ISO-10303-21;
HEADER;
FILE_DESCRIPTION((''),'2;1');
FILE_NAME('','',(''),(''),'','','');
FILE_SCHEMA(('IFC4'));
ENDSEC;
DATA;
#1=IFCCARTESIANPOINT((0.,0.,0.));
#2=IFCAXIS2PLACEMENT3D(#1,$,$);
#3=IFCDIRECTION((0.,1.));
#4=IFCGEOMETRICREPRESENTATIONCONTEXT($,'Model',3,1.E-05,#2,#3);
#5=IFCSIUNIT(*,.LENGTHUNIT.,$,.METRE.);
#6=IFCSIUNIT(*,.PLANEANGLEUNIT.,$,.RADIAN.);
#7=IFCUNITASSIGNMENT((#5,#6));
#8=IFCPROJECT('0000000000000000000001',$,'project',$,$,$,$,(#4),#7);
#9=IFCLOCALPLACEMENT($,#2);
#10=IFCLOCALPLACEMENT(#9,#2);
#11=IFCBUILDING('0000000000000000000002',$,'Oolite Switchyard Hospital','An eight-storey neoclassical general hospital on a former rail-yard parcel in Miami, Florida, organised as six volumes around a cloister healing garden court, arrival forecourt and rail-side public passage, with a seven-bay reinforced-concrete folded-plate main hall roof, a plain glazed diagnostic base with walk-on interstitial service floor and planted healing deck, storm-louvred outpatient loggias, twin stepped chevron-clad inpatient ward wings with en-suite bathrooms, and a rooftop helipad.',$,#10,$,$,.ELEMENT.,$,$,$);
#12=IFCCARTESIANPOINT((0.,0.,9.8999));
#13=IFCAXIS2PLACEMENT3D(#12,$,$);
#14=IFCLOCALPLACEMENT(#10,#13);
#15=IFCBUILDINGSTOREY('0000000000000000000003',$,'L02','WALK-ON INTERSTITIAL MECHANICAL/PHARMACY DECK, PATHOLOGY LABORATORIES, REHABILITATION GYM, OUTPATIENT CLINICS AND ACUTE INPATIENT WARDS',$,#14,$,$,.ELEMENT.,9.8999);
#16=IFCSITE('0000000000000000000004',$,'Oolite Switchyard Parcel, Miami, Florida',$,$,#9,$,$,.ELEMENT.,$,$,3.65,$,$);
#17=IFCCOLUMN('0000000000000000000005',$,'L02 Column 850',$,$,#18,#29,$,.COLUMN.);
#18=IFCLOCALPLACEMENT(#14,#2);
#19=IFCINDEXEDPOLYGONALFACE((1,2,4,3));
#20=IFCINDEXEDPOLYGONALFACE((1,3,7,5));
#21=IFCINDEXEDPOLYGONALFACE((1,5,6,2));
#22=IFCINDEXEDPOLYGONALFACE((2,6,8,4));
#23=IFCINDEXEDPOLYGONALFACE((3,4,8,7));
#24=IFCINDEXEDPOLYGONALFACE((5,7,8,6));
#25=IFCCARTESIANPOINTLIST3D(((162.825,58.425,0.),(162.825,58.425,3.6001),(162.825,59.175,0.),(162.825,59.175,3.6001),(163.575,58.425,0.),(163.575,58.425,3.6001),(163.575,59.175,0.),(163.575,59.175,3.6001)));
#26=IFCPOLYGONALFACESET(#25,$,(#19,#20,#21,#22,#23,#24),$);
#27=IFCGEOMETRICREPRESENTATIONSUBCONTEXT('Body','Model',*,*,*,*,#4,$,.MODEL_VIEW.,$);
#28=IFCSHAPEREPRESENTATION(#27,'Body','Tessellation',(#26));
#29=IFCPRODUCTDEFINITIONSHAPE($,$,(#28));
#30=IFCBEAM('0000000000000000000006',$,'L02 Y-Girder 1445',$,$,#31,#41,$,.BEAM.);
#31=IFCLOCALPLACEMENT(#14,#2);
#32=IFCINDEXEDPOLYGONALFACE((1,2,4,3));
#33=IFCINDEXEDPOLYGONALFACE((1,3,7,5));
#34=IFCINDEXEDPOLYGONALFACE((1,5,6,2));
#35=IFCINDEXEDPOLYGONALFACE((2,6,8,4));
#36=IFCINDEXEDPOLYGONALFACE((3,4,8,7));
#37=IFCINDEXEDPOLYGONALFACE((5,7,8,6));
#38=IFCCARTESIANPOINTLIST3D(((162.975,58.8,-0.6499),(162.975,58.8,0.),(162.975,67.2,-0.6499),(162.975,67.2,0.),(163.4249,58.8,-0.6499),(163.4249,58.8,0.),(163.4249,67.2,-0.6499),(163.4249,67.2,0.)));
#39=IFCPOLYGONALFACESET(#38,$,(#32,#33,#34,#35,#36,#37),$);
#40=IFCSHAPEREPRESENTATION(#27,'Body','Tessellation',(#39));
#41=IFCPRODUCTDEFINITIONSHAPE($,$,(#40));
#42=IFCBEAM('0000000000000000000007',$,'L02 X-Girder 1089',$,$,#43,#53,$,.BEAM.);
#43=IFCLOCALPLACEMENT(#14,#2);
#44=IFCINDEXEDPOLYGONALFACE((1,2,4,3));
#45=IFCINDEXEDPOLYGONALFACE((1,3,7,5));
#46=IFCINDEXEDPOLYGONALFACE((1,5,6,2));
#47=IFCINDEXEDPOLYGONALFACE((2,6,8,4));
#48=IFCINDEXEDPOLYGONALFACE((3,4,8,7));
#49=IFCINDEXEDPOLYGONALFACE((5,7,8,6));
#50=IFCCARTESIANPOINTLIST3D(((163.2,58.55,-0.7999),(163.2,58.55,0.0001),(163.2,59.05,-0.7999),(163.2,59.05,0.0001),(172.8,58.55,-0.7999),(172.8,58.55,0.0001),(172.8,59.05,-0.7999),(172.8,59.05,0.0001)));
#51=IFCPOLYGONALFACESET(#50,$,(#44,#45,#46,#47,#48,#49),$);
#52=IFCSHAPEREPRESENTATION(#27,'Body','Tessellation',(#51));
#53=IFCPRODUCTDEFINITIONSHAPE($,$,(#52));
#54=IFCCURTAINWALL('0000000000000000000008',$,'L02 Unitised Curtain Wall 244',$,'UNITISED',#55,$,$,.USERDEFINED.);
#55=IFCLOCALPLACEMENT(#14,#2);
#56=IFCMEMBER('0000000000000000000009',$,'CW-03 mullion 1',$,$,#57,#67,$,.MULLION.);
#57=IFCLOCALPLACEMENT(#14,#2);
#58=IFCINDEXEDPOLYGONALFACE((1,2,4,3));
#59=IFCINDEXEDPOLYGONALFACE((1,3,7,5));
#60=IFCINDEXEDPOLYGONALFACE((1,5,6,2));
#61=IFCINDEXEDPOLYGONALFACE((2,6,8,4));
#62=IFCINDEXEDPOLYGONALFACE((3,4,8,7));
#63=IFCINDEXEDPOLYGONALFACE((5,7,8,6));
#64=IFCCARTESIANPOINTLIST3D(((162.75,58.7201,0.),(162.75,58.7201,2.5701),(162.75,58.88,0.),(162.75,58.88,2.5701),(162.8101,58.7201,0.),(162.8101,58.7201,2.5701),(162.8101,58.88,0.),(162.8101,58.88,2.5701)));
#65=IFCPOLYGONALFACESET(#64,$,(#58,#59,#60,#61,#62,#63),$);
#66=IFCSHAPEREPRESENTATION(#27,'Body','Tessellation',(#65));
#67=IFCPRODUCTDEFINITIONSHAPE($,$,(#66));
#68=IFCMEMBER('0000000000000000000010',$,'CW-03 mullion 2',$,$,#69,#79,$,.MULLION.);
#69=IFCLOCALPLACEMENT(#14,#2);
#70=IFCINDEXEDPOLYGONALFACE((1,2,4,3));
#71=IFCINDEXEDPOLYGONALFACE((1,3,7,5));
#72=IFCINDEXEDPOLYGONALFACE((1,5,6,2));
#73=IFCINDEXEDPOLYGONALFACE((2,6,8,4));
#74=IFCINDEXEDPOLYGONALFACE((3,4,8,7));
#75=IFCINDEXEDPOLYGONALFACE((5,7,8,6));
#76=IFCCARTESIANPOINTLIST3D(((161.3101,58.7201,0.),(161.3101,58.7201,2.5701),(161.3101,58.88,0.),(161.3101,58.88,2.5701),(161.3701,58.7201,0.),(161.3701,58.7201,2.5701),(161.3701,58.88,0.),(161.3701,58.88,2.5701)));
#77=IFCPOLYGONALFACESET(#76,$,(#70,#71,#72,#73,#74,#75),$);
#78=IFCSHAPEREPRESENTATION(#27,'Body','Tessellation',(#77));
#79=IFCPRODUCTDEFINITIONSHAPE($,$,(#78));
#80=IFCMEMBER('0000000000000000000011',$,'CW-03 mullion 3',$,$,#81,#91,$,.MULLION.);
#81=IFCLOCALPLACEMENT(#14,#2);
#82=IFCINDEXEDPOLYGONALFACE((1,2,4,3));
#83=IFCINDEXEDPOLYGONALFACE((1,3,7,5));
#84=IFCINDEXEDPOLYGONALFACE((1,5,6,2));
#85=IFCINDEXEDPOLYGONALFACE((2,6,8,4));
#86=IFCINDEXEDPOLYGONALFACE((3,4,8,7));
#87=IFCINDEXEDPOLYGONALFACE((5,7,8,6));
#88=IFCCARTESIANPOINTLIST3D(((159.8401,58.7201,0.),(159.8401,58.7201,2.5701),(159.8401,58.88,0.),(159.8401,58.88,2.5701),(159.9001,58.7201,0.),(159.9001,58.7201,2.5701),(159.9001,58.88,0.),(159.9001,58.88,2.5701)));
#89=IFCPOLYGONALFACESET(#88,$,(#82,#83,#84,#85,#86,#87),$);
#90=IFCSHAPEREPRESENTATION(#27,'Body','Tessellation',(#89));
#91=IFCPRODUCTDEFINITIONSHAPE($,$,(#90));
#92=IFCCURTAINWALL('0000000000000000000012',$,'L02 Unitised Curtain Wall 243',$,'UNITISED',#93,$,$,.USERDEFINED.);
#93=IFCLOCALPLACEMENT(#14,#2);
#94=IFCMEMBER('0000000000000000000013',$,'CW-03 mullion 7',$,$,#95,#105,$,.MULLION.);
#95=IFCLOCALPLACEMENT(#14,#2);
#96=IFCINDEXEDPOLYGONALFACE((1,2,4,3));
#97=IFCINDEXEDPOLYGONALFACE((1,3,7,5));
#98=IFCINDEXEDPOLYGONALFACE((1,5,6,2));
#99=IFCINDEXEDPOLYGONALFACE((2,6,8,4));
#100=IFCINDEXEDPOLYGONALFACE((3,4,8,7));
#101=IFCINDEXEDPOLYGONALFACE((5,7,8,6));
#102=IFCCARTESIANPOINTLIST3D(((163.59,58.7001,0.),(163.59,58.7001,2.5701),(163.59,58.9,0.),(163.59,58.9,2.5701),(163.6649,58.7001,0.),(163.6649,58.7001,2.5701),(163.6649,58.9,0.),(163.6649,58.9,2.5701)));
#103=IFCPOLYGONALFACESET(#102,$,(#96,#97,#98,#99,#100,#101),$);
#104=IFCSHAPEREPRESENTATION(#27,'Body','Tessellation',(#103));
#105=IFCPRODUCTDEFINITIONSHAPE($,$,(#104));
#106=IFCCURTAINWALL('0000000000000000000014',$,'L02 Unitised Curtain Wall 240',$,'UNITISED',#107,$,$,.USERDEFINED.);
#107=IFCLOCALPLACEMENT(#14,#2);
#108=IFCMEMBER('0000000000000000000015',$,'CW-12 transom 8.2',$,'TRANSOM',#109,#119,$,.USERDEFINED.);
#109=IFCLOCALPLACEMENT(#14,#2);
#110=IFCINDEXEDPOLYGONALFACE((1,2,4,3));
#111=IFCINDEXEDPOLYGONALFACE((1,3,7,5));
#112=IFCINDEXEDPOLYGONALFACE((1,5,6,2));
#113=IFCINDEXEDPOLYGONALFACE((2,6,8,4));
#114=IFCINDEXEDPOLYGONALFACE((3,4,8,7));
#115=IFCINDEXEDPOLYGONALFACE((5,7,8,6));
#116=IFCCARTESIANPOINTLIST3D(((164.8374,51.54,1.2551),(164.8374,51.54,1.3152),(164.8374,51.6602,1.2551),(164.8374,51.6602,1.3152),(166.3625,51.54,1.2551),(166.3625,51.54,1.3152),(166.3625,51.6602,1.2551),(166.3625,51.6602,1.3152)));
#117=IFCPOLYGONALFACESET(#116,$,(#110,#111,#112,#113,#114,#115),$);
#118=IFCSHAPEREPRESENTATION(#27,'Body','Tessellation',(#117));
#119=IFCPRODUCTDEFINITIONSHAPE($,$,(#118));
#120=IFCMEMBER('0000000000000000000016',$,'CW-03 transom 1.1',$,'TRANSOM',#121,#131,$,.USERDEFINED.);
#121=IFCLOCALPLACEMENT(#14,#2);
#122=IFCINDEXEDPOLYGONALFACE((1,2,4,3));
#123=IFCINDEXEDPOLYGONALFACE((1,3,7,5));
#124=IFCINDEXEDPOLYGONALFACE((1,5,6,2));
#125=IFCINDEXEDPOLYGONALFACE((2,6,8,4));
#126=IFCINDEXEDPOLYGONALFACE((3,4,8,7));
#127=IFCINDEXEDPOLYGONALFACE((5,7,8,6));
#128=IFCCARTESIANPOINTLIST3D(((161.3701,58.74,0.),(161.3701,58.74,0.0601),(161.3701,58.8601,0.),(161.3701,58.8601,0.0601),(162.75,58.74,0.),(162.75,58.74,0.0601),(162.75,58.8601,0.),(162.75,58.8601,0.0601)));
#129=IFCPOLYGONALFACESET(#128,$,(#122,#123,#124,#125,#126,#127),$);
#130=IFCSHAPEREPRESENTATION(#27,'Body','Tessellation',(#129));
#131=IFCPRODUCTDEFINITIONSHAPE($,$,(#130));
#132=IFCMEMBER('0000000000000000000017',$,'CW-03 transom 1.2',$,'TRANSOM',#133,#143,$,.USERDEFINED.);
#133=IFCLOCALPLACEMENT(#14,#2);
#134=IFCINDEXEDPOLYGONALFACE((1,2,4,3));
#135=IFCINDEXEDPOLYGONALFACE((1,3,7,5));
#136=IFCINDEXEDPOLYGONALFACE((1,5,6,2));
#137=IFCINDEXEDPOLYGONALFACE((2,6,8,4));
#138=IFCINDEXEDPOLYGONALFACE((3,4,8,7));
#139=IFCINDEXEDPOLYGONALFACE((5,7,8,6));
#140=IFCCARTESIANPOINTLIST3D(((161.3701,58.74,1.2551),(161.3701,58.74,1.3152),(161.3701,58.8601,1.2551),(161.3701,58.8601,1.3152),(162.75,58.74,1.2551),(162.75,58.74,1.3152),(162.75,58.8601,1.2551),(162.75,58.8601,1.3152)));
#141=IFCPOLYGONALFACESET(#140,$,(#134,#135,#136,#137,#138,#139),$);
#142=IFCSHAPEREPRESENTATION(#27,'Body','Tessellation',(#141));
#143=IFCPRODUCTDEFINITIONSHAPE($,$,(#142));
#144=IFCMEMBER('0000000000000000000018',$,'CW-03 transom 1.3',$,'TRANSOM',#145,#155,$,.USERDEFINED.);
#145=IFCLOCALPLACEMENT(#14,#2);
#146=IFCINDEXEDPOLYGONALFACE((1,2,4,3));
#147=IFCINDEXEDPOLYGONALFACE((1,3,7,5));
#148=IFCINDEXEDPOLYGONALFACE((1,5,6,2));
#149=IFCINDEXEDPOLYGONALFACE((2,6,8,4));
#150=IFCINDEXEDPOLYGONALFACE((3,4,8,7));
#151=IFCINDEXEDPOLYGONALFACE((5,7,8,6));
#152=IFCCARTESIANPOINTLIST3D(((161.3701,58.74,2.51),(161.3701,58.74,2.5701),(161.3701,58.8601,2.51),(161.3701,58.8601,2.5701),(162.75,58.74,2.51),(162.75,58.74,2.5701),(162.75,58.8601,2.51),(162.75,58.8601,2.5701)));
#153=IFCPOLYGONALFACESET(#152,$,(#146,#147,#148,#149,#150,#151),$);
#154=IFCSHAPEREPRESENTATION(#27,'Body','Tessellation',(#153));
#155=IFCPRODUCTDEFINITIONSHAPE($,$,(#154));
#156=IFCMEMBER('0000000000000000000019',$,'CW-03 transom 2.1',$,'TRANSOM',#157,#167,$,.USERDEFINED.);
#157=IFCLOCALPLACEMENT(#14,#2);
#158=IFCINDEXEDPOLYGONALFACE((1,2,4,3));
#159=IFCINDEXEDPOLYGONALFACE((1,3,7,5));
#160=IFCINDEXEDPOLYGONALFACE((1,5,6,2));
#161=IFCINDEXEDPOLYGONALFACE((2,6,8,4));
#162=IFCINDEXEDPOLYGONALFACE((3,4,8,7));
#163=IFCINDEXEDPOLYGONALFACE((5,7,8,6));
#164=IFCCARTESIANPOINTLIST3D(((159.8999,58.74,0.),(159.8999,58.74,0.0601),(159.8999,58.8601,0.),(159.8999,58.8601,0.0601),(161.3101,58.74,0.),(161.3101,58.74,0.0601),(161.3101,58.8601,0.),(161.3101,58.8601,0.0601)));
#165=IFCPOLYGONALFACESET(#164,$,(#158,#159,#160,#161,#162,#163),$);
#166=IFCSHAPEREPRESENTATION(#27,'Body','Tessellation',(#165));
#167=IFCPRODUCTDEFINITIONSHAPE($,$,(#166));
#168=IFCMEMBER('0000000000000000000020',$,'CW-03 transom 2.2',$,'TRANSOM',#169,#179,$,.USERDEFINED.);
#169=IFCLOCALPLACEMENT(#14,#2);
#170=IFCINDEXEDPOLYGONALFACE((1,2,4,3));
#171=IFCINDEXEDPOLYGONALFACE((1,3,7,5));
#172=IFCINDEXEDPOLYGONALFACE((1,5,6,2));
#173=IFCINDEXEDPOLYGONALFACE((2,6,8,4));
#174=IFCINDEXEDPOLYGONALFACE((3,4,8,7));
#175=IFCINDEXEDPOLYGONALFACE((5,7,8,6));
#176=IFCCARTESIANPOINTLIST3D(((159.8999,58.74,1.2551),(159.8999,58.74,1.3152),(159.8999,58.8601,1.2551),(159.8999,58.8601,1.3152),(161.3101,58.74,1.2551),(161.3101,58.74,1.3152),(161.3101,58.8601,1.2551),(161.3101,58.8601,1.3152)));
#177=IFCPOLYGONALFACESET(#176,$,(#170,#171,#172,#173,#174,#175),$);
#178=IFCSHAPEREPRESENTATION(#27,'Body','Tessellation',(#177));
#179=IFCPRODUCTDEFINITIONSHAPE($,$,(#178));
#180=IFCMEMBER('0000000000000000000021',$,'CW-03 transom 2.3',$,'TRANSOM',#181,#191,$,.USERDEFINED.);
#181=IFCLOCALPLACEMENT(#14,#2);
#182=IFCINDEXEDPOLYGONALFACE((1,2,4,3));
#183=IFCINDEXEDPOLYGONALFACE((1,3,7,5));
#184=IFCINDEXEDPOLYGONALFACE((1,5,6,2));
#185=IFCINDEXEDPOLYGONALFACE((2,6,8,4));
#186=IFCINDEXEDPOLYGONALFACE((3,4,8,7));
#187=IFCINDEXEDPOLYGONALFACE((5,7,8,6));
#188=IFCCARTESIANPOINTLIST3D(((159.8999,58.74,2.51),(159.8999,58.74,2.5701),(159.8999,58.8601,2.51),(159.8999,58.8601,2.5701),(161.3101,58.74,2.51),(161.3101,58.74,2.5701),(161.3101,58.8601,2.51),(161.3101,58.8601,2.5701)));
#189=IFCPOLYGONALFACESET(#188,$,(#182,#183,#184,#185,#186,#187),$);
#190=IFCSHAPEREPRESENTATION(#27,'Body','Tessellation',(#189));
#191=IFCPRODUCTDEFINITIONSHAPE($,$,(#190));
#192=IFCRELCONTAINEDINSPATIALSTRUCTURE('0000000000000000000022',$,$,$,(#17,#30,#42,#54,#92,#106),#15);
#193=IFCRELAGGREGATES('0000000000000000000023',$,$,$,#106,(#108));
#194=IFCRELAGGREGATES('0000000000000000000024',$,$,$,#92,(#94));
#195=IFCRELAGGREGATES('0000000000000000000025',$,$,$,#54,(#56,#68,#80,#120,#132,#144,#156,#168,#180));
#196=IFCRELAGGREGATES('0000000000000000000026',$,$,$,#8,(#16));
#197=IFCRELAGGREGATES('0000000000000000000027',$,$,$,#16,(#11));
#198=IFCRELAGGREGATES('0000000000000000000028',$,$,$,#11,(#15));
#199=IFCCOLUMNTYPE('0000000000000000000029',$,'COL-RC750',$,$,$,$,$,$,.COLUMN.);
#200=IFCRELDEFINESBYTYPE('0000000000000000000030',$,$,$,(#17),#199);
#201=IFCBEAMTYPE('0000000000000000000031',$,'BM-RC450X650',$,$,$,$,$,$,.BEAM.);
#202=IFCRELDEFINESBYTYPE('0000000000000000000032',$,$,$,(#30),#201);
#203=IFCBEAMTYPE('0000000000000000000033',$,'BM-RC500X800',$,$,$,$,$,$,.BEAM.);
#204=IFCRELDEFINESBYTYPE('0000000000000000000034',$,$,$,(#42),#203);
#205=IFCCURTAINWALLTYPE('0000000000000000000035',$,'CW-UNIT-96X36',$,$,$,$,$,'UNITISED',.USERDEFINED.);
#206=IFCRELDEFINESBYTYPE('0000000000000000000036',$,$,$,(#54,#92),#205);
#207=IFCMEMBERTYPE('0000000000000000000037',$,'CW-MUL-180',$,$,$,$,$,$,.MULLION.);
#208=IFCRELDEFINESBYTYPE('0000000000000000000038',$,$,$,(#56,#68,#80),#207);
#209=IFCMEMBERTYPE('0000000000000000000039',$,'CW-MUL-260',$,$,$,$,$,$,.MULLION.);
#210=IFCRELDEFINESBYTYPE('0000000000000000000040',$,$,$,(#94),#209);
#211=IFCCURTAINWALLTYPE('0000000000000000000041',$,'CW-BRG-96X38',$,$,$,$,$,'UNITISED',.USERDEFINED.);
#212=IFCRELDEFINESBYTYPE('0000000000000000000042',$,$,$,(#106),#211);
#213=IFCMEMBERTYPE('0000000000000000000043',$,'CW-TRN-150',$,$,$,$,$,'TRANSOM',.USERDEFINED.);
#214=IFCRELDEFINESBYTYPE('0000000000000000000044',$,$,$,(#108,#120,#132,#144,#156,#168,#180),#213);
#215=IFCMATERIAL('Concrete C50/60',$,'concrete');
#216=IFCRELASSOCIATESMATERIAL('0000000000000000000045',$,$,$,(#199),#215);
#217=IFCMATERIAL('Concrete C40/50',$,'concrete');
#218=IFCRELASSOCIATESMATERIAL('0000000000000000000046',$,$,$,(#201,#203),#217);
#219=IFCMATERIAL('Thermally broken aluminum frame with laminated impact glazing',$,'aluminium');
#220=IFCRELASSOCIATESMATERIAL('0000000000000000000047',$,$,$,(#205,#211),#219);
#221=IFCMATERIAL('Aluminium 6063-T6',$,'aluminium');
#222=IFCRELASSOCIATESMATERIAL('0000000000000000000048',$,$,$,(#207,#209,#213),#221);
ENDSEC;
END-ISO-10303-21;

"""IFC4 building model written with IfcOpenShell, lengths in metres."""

from ifc_helpers import new_model, si_unit, direction, frame, origin, origin_2d, place, context, subcontext, project, spatial, rectangle, extrude, material, material_profile, profile_set, type_object, element, aggregate, save


model = new_model("IFC4")

# Units and contexts
model_context = context("Model", 3, precision=1e-05, world=origin(), true_north=direction((0.0, 1.0)))
body_context = subcontext(model_context, "Body", "Model", "MODEL_VIEW")
ifc_project = project(units=[si_unit("LENGTHUNIT", "METRE"), si_unit("PLANEANGLEUNIT", "RADIAN")], contexts=[model_context])

# Site, building, storey
site_placement = place(None, origin())
site = spatial("IfcSite", under=ifc_project, at=site_placement, Name="Oolite Switchyard Parcel, Miami, Florida", CompositionType="ELEMENT", RefElevation=3.65)
building_placement = place(site_placement, origin())
building = spatial("IfcBuilding", under=site, at=building_placement, Name="Oolite Switchyard Hospital", Description="An eight-storey neoclassical general hospital on a former rail-yard parcel in Miami, Florida, organised as six volumes around a cloister healing garden court, arrival forecourt and rail-side public passage, with a seven-bay reinforced-concrete folded-plate main hall roof, a plain glazed diagnostic base with walk-on interstitial service floor and planted healing deck, storm-louvred outpatient loggias, twin stepped chevron-clad inpatient ward wings with en-suite bathrooms, and a rooftop helipad.", CompositionType="ELEMENT")
storey_placement = place(building_placement, frame((0.0, 0.0, 9.8999)))
storey = spatial("IfcBuildingStorey", under=building, at=storey_placement, Name="L02", Description="WALK-ON INTERSTITIAL MECHANICAL/PHARMACY DECK, PATHOLOGY LABORATORIES, REHABILITATION GYM, OUTPATIENT CLINICS AND ACUTE INPATIENT WARDS", CompositionType="ELEMENT", Elevation=9.8999)

# Column
ifc_material_1 = material(Name="Concrete C50/60", Category="concrete")
ifc_material_profile_1 = material_profile(ifc_material_1, rectangle(XDim=0.75, YDim=0.75, at=origin_2d()), Name="RC750X750")
ifc_profile_set_1 = profile_set([ifc_material_profile_1], Name="Concrete C50/60")
column_type = type_object("IfcColumnType", Name="COL-RC750", PredefinedType="COLUMN", material=ifc_profile_set_1)
column_placement = place(storey_placement, frame((163.2, 58.8, 0.0), z_axis=(0.0, 0.0, 1.0), x_axis=(1.0, 0.0, 0.0)))
element("IfcColumn", 1, at=column_placement, inside=storey, type_object=column_type, Name="L02 Column 850", PredefinedType="COLUMN", context=body_context, shape_type="SweptSolid", body=[
    extrude(rectangle(XDim=0.75, YDim=0.75, at=origin_2d()), origin(), (0.0, 0.0, 1.0), 3.6001),
])

# Beams
ifc_material_2 = material(Name="Concrete C40/50", Category="concrete")
ifc_material_profile_2 = material_profile(ifc_material_2, rectangle(XDim=0.45, YDim=0.6499, at=origin_2d()), Name="RCB450X650")
ifc_profile_set_2 = profile_set([ifc_material_profile_2], Name="Concrete C40/50")
beam_type_1 = type_object("IfcBeamType", Name="BM-RC450X650", PredefinedType="BEAM", material=ifc_profile_set_2)
beam_1_placement = place(storey_placement, frame((163.2, 58.8, -0.325), z_axis=(0.0, 1.0, 0.0), x_axis=(-1.0, 0.0, 0.0)))
element("IfcBeam", 2, at=beam_1_placement, inside=storey, type_object=beam_type_1, Name="L02 Y-Girder 1445", PredefinedType="BEAM", context=body_context, shape_type="SweptSolid", body=[
    extrude(rectangle(XDim=0.45, YDim=0.6499, at=origin_2d()), origin(), (0.0, 0.0, 1.0), 8.3999),
])
ifc_material_profile_3 = material_profile(ifc_material_2, rectangle(XDim=0.5, YDim=0.8, at=origin_2d()), Name="RCB500X800")
ifc_profile_set_3 = profile_set([ifc_material_profile_3], Name="Concrete C40/50")
beam_type_2 = type_object("IfcBeamType", Name="BM-RC500X800", PredefinedType="BEAM", material=ifc_profile_set_3)
beam_2_placement = place(storey_placement, frame((163.2, 58.8, -0.3999), z_axis=(1.0, 0.0, 0.0), x_axis=(0.0, 1.0, 0.0)))
element("IfcBeam", 3, at=beam_2_placement, inside=storey, type_object=beam_type_2, Name="L02 X-Girder 1089", PredefinedType="BEAM", context=body_context, shape_type="SweptSolid", body=[
    extrude(rectangle(XDim=0.5, YDim=0.8, at=origin_2d()), origin(), (0.0, 0.0, 1.0), 9.6001),
])

# Curtain wall, members
ifc_material_3 = material(Name="Thermally broken aluminum frame with laminated impact glazing", Category="aluminium")
curtain_wall_type_1 = type_object("IfcCurtainWallType", Name="CW-UNIT-96X36", ElementType="UNITISED", PredefinedType="USERDEFINED", material=ifc_material_3)
curtain_wall_1_placement = place(storey_placement, origin())
curtain_wall_1 = element("IfcCurtainWall", 4, at=curtain_wall_1_placement, inside=storey, type_object=curtain_wall_type_1, Name="L02 Unitised Curtain Wall 244", ObjectType="UNITISED", PredefinedType="USERDEFINED")
ifc_material_4 = material(Name="Aluminium 6063-T6", Category="aluminium")
ifc_material_profile_4 = material_profile(ifc_material_4, rectangle(XDim=0.1599, YDim=0.0601, at=origin_2d()), Name="CWM60X160")
ifc_profile_set_4 = profile_set([ifc_material_profile_4], Name="Aluminium 6063-T6")
member_type_1 = type_object("IfcMemberType", Name="CW-MUL-180", PredefinedType="MULLION", material=ifc_profile_set_4)
member_1_placement = place(storey_placement, frame((162.78, 58.8, 0.0), z_axis=(0.0, 0.0, 1.0), x_axis=(0.0, -1.0, 0.0)))
member_1 = element("IfcMember", 5, at=member_1_placement, type_object=member_type_1, Name="CW-03 mullion 1", PredefinedType="MULLION", context=body_context, shape_type="SweptSolid", body=[
    extrude(rectangle(XDim=0.1599, YDim=0.0601, at=origin_2d()), origin(), (0.0, 0.0, 1.0), 2.5701),
])
member_2_placement = place(storey_placement, frame((161.3401, 58.8, 0.0), z_axis=(0.0, 0.0, 1.0), x_axis=(0.0, -1.0, 0.0)))
member_2 = element("IfcMember", 6, at=member_2_placement, type_object=member_type_1, Name="CW-03 mullion 2", PredefinedType="MULLION", context=body_context, shape_type="SweptSolid", body=[
    extrude(rectangle(XDim=0.1599, YDim=0.0601, at=origin_2d()), origin(), (0.0, 0.0, 1.0), 2.5701),
])
member_3_placement = place(storey_placement, frame((159.8701, 58.8, 0.0), z_axis=(0.0, 0.0, 1.0), x_axis=(0.0, -1.0, 0.0)))
member_3 = element("IfcMember", 7, at=member_3_placement, type_object=member_type_1, Name="CW-03 mullion 3", PredefinedType="MULLION", context=body_context, shape_type="SweptSolid", body=[
    extrude(rectangle(XDim=0.1599, YDim=0.0601, at=origin_2d()), origin(), (0.0, 0.0, 1.0), 2.5701),
])

# Curtain walls, members
curtain_wall_2_placement = place(storey_placement, origin())
curtain_wall_2 = element("IfcCurtainWall", 8, at=curtain_wall_2_placement, inside=storey, type_object=curtain_wall_type_1, Name="L02 Unitised Curtain Wall 243", ObjectType="UNITISED", PredefinedType="USERDEFINED")
ifc_material_profile_5 = material_profile(ifc_material_4, rectangle(XDim=0.2, YDim=0.075, at=origin_2d()), Name="CWM75X200")
ifc_profile_set_5 = profile_set([ifc_material_profile_5], Name="Aluminium 6063-T6")
member_type_2 = type_object("IfcMemberType", Name="CW-MUL-260", PredefinedType="MULLION", material=ifc_profile_set_5)
member_4_placement = place(storey_placement, frame((163.6274, 58.8, 0.0), z_axis=(0.0, 0.0, 1.0), x_axis=(0.0, -1.0, 0.0)))
member_4 = element("IfcMember", 9, at=member_4_placement, type_object=member_type_2, Name="CW-03 mullion 7", PredefinedType="MULLION", context=body_context, shape_type="SweptSolid", body=[
    extrude(rectangle(XDim=0.2, YDim=0.075, at=origin_2d()), origin(), (0.0, 0.0, 1.0), 2.5701),
])
curtain_wall_type_2 = type_object("IfcCurtainWallType", Name="CW-BRG-96X38", ElementType="UNITISED", PredefinedType="USERDEFINED", material=ifc_material_3)
curtain_wall_3_placement = place(storey_placement, origin())
curtain_wall_3 = element("IfcCurtainWall", 10, at=curtain_wall_3_placement, inside=storey, type_object=curtain_wall_type_2, Name="L02 Unitised Curtain Wall 240", ObjectType="UNITISED", PredefinedType="USERDEFINED")
ifc_material_profile_6 = material_profile(ifc_material_4, rectangle(XDim=0.1201, YDim=0.0601, at=origin_2d()), Name="CWT60X120")
ifc_profile_set_6 = profile_set([ifc_material_profile_6], Name="Aluminium 6063-T6")
member_type_3 = type_object("IfcMemberType", Name="CW-TRN-150", ElementType="TRANSOM", PredefinedType="USERDEFINED", material=ifc_profile_set_6)
member_5_placement = place(storey_placement, frame((164.8374, 51.6001, 1.2852), z_axis=(1.0, 0.0, 0.0), x_axis=(0.0, 1.0, 0.0)))
member_5 = element("IfcMember", 11, at=member_5_placement, type_object=member_type_3, Name="CW-12 transom 8.2", ObjectType="TRANSOM", PredefinedType="USERDEFINED", context=body_context, shape_type="SweptSolid", body=[
    extrude(rectangle(XDim=0.1201, YDim=0.0601, at=origin_2d()), origin(), (0.0, 0.0, 1.0), 1.5251),
])
aggregate(curtain_wall_3, [member_5])

# Members
member_6_placement = place(storey_placement, frame((162.75, 58.8, 0.03), z_axis=(-1.0, 0.0, 0.0), x_axis=(0.0, -1.0, 0.0)))
member_6 = element("IfcMember", 12, at=member_6_placement, type_object=member_type_3, Name="CW-03 transom 1.1", ObjectType="TRANSOM", PredefinedType="USERDEFINED", context=body_context, shape_type="SweptSolid", body=[
    extrude(rectangle(XDim=0.1201, YDim=0.0601, at=origin_2d()), origin(), (0.0, 0.0, 1.0), 1.3799),
])
member_7_placement = place(storey_placement, frame((162.75, 58.8, 1.2852), z_axis=(-1.0, 0.0, 0.0), x_axis=(0.0, -1.0, 0.0)))
member_7 = element("IfcMember", 13, at=member_7_placement, type_object=member_type_3, Name="CW-03 transom 1.2", ObjectType="TRANSOM", PredefinedType="USERDEFINED", context=body_context, shape_type="SweptSolid", body=[
    extrude(rectangle(XDim=0.1201, YDim=0.0601, at=origin_2d()), origin(), (0.0, 0.0, 1.0), 1.3799),
])
member_8_placement = place(storey_placement, frame((162.75, 58.8, 2.54), z_axis=(-1.0, 0.0, 0.0), x_axis=(0.0, -1.0, 0.0)))
member_8 = element("IfcMember", 14, at=member_8_placement, type_object=member_type_3, Name="CW-03 transom 1.3", ObjectType="TRANSOM", PredefinedType="USERDEFINED", context=body_context, shape_type="SweptSolid", body=[
    extrude(rectangle(XDim=0.1201, YDim=0.0601, at=origin_2d()), origin(), (0.0, 0.0, 1.0), 1.3799),
])
member_9_placement = place(storey_placement, frame((161.3101, 58.8, 0.03), z_axis=(-1.0, 0.0, 0.0), x_axis=(0.0, -1.0, 0.0)))
member_9 = element("IfcMember", 15, at=member_9_placement, type_object=member_type_3, Name="CW-03 transom 2.1", ObjectType="TRANSOM", PredefinedType="USERDEFINED", context=body_context, shape_type="SweptSolid", body=[
    extrude(rectangle(XDim=0.1201, YDim=0.0601, at=origin_2d()), origin(), (0.0, 0.0, 1.0), 1.4102),
])
member_10_placement = place(storey_placement, frame((161.3101, 58.8, 1.2852), z_axis=(-1.0, 0.0, 0.0), x_axis=(0.0, -1.0, 0.0)))
member_10 = element("IfcMember", 16, at=member_10_placement, type_object=member_type_3, Name="CW-03 transom 2.2", ObjectType="TRANSOM", PredefinedType="USERDEFINED", context=body_context, shape_type="SweptSolid", body=[
    extrude(rectangle(XDim=0.1201, YDim=0.0601, at=origin_2d()), origin(), (0.0, 0.0, 1.0), 1.4102),
])
member_11_placement = place(storey_placement, frame((161.3101, 58.8, 2.54), z_axis=(-1.0, 0.0, 0.0), x_axis=(0.0, -1.0, 0.0)))
member_11 = element("IfcMember", 17, at=member_11_placement, type_object=member_type_3, Name="CW-03 transom 2.3", ObjectType="TRANSOM", PredefinedType="USERDEFINED", context=body_context, shape_type="SweptSolid", body=[
    extrude(rectangle(XDim=0.1201, YDim=0.0601, at=origin_2d()), origin(), (0.0, 0.0, 1.0), 1.4102),
])

aggregate(curtain_wall_2, [member_4])
aggregate(curtain_wall_1, [member_1, member_2, member_3, member_6, member_7, member_8, member_9, member_10, member_11])

save(model, "model.ifc")
